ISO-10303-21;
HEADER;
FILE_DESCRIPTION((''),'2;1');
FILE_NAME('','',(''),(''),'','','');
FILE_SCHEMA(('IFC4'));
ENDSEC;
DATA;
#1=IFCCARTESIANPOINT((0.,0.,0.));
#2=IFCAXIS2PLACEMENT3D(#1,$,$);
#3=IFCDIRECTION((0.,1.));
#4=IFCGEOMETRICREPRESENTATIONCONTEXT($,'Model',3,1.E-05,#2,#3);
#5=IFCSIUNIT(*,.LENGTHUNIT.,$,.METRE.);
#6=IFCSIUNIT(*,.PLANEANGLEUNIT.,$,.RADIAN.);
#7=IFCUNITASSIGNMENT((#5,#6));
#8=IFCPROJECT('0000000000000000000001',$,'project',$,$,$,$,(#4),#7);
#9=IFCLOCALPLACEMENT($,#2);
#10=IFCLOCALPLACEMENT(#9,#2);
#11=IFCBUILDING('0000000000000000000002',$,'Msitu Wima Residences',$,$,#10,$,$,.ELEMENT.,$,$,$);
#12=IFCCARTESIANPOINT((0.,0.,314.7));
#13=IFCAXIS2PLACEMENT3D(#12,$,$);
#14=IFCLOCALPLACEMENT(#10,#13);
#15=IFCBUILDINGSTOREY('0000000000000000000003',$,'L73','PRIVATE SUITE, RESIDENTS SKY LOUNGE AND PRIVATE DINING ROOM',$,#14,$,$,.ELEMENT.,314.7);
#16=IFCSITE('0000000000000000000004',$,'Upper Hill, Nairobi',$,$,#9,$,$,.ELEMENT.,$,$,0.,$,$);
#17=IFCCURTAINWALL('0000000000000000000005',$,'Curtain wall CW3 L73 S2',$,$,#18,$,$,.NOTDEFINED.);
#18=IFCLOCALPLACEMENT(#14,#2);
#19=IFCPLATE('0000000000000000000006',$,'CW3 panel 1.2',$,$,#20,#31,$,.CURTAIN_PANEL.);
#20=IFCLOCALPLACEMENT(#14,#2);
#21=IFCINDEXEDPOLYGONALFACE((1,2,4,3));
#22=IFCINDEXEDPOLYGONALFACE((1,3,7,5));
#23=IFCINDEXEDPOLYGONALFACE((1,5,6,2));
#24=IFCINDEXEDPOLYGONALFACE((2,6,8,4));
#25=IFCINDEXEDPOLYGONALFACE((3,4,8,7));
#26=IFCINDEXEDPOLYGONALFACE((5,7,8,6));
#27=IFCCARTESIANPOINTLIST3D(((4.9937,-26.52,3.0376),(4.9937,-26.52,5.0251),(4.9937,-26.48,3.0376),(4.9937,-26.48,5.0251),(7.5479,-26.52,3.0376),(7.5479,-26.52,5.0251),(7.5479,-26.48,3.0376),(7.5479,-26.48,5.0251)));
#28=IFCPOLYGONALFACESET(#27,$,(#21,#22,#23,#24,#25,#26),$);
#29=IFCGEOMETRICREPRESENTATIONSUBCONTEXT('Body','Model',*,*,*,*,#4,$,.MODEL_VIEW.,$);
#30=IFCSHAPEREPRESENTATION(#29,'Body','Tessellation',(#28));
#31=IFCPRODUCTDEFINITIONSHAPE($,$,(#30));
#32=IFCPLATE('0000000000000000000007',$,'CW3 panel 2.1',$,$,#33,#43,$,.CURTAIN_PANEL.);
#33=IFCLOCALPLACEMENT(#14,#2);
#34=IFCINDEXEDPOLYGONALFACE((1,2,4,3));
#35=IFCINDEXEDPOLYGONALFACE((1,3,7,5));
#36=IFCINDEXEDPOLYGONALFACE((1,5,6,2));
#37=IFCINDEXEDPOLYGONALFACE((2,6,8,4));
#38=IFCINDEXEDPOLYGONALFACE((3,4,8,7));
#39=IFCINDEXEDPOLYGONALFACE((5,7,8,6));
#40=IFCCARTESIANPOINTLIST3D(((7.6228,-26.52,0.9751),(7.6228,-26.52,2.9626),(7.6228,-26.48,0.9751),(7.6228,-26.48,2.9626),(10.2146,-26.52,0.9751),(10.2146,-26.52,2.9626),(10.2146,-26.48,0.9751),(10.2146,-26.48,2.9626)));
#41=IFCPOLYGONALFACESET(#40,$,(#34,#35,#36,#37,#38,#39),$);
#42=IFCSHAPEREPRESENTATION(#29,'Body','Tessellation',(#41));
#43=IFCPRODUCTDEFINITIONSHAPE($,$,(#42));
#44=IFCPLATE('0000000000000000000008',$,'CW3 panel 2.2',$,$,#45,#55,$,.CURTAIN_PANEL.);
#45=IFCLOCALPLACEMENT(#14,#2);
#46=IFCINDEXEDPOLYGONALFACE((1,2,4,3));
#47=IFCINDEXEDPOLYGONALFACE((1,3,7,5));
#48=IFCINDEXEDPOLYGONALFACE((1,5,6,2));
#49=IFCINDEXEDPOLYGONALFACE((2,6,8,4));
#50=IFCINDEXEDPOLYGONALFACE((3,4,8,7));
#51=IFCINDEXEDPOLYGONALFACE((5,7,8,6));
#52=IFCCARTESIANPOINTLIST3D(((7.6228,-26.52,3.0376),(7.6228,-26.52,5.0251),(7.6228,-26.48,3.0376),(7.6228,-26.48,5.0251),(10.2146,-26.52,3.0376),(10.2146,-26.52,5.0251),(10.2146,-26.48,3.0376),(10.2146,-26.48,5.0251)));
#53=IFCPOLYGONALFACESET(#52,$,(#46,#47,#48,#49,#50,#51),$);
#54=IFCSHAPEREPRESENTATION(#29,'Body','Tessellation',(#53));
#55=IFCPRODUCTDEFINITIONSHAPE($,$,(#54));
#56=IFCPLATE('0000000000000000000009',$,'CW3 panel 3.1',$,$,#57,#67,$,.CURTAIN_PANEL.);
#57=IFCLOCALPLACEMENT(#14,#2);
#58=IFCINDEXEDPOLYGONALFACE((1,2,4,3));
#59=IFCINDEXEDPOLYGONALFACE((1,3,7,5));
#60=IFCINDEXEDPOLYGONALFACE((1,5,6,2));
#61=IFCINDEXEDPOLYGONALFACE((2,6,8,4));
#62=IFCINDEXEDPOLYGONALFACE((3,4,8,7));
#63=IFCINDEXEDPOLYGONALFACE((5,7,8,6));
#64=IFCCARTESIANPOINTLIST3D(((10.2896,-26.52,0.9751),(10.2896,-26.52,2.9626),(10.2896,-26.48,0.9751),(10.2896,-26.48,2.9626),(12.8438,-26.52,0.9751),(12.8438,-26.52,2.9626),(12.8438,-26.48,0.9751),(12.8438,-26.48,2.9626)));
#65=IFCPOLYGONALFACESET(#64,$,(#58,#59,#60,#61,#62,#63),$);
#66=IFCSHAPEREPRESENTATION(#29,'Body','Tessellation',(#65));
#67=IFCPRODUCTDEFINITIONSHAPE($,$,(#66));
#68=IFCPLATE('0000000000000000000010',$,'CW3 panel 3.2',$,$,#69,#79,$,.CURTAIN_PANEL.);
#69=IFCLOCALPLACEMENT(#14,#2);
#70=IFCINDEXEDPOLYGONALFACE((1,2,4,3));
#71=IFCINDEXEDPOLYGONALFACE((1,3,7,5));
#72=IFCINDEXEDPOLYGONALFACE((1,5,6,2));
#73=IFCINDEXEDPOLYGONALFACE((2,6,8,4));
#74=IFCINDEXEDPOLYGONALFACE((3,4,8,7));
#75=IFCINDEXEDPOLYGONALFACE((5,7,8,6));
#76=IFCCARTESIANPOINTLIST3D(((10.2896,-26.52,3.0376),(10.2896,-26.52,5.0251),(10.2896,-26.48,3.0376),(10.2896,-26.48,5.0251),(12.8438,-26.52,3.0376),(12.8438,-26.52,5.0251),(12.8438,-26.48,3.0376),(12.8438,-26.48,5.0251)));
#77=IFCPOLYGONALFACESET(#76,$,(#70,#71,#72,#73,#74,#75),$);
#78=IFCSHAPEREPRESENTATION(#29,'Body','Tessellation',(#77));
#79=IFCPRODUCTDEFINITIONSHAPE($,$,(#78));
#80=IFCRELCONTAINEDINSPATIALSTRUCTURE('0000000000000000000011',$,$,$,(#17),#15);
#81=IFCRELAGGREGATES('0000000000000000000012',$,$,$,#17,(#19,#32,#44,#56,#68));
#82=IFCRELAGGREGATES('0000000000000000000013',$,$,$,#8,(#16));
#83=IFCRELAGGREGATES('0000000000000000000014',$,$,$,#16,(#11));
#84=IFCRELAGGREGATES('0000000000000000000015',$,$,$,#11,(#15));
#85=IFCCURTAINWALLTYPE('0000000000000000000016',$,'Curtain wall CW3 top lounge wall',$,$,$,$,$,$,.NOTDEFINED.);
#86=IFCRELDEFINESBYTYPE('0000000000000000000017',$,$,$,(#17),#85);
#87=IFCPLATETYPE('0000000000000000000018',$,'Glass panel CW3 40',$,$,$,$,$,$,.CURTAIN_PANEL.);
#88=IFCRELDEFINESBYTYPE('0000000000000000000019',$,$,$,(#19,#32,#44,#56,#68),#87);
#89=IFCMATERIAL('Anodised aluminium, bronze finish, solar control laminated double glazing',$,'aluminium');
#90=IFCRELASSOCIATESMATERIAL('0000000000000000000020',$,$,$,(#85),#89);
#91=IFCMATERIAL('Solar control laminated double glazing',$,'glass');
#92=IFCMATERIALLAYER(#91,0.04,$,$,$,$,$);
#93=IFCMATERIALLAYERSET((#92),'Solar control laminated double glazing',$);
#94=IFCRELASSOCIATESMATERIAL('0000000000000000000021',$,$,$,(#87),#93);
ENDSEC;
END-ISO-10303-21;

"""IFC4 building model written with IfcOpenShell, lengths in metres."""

from ifc_helpers import new_model, si_unit, direction, frame, origin, origin_2d, place, context, subcontext, project, spatial, rectangle, extrude, material, layer, layer_set, type_object, element, aggregate, save


model = new_model("IFC4")

# Units and contexts
model_context = context("Model", 3, precision=1e-05, world=origin(), true_north=direction((0.0, 1.0)))
body_context = subcontext(model_context, "Body", "Model", "MODEL_VIEW")
ifc_project = project(units=[si_unit("LENGTHUNIT", "METRE"), si_unit("PLANEANGLEUNIT", "RADIAN")], contexts=[model_context])

# Site, building, storey
site_placement = place(None, origin())
site = spatial("IfcSite", under=ifc_project, at=site_placement, Name="Upper Hill, Nairobi", CompositionType="ELEMENT", RefElevation=0.0)
building_placement = place(site_placement, origin())
building = spatial("IfcBuilding", under=site, at=building_placement, Name="Msitu Wima Residences", CompositionType="ELEMENT")
storey_placement = place(building_placement, frame((0.0, 0.0, 314.7)))
storey = spatial("IfcBuildingStorey", under=building, at=storey_placement, Name="L73", Description="PRIVATE SUITE, RESIDENTS SKY LOUNGE AND PRIVATE DINING ROOM", CompositionType="ELEMENT", Elevation=314.7)

# Curtain wall
ifc_material_1 = material(Name="Anodised aluminium, bronze finish, solar control laminated double glazing", Category="aluminium")
curtain_wall_type = type_object("IfcCurtainWallType", Name="Curtain wall CW3 top lounge wall", PredefinedType="NOTDEFINED", material=ifc_material_1)
curtain_wall_1_placement = place(storey_placement, origin())
curtain_wall_1 = element("IfcCurtainWall", 1, at=curtain_wall_1_placement, inside=storey, type_object=curtain_wall_type, Name="Curtain wall CW3 L73 S2", PredefinedType="NOTDEFINED")

# Plates
ifc_material_2 = material(Name="Solar control laminated double glazing", Category="glass")
ifc_layer = layer(ifc_material_2, 0.04)
ifc_layer_set = layer_set([ifc_layer], Name="Solar control laminated double glazing")
plate_type = type_object("IfcPlateType", Name="Glass panel CW3 40", PredefinedType="CURTAIN_PANEL", material=ifc_layer_set)
plate_1_placement = place(storey_placement, frame((6.2708, -26.5, 3.0376), z_axis=(0.0, 0.0, 1.0), x_axis=(1.0, 0.0, 0.0)))
plate_1 = element("IfcPlate", 2, at=plate_1_placement, type_object=plate_type, Name="CW3 panel 1.2", PredefinedType="CURTAIN_PANEL", context=body_context, shape_type="SweptSolid", body=[
    extrude(rectangle(XDim=2.5542, YDim=0.04, at=origin_2d()), origin(), (0.0, 0.0, 1.0), 1.9875),
])
plate_2_placement = place(storey_placement, frame((8.9187, -26.5, 0.9751), z_axis=(0.0, 0.0, 1.0), x_axis=(1.0, 0.0, 0.0)))
plate_2 = element("IfcPlate", 3, at=plate_2_placement, type_object=plate_type, Name="CW3 panel 2.1", PredefinedType="CURTAIN_PANEL", context=body_context, shape_type="SweptSolid", body=[
    extrude(rectangle(XDim=2.5918, YDim=0.04, at=origin_2d()), origin(), (0.0, 0.0, 1.0), 1.9875),
])
plate_3_placement = place(storey_placement, frame((8.9187, -26.5, 3.0376), z_axis=(0.0, 0.0, 1.0), x_axis=(1.0, 0.0, 0.0)))
plate_3 = element("IfcPlate", 4, at=plate_3_placement, type_object=plate_type, Name="CW3 panel 2.2", PredefinedType="CURTAIN_PANEL", context=body_context, shape_type="SweptSolid", body=[
    extrude(rectangle(XDim=2.5918, YDim=0.04, at=origin_2d()), origin(), (0.0, 0.0, 1.0), 1.9875),
])
plate_4_placement = place(storey_placement, frame((11.5667, -26.5, 0.9751), z_axis=(0.0, 0.0, 1.0), x_axis=(1.0, 0.0, 0.0)))
plate_4 = element("IfcPlate", 5, at=plate_4_placement, type_object=plate_type, Name="CW3 panel 3.1", PredefinedType="CURTAIN_PANEL", context=body_context, shape_type="SweptSolid", body=[
    extrude(rectangle(XDim=2.5542, YDim=0.04, at=origin_2d()), origin(), (0.0, 0.0, 1.0), 1.9875),
])
plate_5_placement = place(storey_placement, frame((11.5667, -26.5, 3.0376), z_axis=(0.0, 0.0, 1.0), x_axis=(1.0, 0.0, 0.0)))
plate_5 = element("IfcPlate", 6, at=plate_5_placement, type_object=plate_type, Name="CW3 panel 3.2", PredefinedType="CURTAIN_PANEL", context=body_context, shape_type="SweptSolid", body=[
    extrude(rectangle(XDim=2.5542, YDim=0.04, at=origin_2d()), origin(), (0.0, 0.0, 1.0), 1.9875),
])
aggregate(curtain_wall_1, [plate_1, plate_2, plate_3, plate_4, plate_5])

save(model, "model.ifc")
